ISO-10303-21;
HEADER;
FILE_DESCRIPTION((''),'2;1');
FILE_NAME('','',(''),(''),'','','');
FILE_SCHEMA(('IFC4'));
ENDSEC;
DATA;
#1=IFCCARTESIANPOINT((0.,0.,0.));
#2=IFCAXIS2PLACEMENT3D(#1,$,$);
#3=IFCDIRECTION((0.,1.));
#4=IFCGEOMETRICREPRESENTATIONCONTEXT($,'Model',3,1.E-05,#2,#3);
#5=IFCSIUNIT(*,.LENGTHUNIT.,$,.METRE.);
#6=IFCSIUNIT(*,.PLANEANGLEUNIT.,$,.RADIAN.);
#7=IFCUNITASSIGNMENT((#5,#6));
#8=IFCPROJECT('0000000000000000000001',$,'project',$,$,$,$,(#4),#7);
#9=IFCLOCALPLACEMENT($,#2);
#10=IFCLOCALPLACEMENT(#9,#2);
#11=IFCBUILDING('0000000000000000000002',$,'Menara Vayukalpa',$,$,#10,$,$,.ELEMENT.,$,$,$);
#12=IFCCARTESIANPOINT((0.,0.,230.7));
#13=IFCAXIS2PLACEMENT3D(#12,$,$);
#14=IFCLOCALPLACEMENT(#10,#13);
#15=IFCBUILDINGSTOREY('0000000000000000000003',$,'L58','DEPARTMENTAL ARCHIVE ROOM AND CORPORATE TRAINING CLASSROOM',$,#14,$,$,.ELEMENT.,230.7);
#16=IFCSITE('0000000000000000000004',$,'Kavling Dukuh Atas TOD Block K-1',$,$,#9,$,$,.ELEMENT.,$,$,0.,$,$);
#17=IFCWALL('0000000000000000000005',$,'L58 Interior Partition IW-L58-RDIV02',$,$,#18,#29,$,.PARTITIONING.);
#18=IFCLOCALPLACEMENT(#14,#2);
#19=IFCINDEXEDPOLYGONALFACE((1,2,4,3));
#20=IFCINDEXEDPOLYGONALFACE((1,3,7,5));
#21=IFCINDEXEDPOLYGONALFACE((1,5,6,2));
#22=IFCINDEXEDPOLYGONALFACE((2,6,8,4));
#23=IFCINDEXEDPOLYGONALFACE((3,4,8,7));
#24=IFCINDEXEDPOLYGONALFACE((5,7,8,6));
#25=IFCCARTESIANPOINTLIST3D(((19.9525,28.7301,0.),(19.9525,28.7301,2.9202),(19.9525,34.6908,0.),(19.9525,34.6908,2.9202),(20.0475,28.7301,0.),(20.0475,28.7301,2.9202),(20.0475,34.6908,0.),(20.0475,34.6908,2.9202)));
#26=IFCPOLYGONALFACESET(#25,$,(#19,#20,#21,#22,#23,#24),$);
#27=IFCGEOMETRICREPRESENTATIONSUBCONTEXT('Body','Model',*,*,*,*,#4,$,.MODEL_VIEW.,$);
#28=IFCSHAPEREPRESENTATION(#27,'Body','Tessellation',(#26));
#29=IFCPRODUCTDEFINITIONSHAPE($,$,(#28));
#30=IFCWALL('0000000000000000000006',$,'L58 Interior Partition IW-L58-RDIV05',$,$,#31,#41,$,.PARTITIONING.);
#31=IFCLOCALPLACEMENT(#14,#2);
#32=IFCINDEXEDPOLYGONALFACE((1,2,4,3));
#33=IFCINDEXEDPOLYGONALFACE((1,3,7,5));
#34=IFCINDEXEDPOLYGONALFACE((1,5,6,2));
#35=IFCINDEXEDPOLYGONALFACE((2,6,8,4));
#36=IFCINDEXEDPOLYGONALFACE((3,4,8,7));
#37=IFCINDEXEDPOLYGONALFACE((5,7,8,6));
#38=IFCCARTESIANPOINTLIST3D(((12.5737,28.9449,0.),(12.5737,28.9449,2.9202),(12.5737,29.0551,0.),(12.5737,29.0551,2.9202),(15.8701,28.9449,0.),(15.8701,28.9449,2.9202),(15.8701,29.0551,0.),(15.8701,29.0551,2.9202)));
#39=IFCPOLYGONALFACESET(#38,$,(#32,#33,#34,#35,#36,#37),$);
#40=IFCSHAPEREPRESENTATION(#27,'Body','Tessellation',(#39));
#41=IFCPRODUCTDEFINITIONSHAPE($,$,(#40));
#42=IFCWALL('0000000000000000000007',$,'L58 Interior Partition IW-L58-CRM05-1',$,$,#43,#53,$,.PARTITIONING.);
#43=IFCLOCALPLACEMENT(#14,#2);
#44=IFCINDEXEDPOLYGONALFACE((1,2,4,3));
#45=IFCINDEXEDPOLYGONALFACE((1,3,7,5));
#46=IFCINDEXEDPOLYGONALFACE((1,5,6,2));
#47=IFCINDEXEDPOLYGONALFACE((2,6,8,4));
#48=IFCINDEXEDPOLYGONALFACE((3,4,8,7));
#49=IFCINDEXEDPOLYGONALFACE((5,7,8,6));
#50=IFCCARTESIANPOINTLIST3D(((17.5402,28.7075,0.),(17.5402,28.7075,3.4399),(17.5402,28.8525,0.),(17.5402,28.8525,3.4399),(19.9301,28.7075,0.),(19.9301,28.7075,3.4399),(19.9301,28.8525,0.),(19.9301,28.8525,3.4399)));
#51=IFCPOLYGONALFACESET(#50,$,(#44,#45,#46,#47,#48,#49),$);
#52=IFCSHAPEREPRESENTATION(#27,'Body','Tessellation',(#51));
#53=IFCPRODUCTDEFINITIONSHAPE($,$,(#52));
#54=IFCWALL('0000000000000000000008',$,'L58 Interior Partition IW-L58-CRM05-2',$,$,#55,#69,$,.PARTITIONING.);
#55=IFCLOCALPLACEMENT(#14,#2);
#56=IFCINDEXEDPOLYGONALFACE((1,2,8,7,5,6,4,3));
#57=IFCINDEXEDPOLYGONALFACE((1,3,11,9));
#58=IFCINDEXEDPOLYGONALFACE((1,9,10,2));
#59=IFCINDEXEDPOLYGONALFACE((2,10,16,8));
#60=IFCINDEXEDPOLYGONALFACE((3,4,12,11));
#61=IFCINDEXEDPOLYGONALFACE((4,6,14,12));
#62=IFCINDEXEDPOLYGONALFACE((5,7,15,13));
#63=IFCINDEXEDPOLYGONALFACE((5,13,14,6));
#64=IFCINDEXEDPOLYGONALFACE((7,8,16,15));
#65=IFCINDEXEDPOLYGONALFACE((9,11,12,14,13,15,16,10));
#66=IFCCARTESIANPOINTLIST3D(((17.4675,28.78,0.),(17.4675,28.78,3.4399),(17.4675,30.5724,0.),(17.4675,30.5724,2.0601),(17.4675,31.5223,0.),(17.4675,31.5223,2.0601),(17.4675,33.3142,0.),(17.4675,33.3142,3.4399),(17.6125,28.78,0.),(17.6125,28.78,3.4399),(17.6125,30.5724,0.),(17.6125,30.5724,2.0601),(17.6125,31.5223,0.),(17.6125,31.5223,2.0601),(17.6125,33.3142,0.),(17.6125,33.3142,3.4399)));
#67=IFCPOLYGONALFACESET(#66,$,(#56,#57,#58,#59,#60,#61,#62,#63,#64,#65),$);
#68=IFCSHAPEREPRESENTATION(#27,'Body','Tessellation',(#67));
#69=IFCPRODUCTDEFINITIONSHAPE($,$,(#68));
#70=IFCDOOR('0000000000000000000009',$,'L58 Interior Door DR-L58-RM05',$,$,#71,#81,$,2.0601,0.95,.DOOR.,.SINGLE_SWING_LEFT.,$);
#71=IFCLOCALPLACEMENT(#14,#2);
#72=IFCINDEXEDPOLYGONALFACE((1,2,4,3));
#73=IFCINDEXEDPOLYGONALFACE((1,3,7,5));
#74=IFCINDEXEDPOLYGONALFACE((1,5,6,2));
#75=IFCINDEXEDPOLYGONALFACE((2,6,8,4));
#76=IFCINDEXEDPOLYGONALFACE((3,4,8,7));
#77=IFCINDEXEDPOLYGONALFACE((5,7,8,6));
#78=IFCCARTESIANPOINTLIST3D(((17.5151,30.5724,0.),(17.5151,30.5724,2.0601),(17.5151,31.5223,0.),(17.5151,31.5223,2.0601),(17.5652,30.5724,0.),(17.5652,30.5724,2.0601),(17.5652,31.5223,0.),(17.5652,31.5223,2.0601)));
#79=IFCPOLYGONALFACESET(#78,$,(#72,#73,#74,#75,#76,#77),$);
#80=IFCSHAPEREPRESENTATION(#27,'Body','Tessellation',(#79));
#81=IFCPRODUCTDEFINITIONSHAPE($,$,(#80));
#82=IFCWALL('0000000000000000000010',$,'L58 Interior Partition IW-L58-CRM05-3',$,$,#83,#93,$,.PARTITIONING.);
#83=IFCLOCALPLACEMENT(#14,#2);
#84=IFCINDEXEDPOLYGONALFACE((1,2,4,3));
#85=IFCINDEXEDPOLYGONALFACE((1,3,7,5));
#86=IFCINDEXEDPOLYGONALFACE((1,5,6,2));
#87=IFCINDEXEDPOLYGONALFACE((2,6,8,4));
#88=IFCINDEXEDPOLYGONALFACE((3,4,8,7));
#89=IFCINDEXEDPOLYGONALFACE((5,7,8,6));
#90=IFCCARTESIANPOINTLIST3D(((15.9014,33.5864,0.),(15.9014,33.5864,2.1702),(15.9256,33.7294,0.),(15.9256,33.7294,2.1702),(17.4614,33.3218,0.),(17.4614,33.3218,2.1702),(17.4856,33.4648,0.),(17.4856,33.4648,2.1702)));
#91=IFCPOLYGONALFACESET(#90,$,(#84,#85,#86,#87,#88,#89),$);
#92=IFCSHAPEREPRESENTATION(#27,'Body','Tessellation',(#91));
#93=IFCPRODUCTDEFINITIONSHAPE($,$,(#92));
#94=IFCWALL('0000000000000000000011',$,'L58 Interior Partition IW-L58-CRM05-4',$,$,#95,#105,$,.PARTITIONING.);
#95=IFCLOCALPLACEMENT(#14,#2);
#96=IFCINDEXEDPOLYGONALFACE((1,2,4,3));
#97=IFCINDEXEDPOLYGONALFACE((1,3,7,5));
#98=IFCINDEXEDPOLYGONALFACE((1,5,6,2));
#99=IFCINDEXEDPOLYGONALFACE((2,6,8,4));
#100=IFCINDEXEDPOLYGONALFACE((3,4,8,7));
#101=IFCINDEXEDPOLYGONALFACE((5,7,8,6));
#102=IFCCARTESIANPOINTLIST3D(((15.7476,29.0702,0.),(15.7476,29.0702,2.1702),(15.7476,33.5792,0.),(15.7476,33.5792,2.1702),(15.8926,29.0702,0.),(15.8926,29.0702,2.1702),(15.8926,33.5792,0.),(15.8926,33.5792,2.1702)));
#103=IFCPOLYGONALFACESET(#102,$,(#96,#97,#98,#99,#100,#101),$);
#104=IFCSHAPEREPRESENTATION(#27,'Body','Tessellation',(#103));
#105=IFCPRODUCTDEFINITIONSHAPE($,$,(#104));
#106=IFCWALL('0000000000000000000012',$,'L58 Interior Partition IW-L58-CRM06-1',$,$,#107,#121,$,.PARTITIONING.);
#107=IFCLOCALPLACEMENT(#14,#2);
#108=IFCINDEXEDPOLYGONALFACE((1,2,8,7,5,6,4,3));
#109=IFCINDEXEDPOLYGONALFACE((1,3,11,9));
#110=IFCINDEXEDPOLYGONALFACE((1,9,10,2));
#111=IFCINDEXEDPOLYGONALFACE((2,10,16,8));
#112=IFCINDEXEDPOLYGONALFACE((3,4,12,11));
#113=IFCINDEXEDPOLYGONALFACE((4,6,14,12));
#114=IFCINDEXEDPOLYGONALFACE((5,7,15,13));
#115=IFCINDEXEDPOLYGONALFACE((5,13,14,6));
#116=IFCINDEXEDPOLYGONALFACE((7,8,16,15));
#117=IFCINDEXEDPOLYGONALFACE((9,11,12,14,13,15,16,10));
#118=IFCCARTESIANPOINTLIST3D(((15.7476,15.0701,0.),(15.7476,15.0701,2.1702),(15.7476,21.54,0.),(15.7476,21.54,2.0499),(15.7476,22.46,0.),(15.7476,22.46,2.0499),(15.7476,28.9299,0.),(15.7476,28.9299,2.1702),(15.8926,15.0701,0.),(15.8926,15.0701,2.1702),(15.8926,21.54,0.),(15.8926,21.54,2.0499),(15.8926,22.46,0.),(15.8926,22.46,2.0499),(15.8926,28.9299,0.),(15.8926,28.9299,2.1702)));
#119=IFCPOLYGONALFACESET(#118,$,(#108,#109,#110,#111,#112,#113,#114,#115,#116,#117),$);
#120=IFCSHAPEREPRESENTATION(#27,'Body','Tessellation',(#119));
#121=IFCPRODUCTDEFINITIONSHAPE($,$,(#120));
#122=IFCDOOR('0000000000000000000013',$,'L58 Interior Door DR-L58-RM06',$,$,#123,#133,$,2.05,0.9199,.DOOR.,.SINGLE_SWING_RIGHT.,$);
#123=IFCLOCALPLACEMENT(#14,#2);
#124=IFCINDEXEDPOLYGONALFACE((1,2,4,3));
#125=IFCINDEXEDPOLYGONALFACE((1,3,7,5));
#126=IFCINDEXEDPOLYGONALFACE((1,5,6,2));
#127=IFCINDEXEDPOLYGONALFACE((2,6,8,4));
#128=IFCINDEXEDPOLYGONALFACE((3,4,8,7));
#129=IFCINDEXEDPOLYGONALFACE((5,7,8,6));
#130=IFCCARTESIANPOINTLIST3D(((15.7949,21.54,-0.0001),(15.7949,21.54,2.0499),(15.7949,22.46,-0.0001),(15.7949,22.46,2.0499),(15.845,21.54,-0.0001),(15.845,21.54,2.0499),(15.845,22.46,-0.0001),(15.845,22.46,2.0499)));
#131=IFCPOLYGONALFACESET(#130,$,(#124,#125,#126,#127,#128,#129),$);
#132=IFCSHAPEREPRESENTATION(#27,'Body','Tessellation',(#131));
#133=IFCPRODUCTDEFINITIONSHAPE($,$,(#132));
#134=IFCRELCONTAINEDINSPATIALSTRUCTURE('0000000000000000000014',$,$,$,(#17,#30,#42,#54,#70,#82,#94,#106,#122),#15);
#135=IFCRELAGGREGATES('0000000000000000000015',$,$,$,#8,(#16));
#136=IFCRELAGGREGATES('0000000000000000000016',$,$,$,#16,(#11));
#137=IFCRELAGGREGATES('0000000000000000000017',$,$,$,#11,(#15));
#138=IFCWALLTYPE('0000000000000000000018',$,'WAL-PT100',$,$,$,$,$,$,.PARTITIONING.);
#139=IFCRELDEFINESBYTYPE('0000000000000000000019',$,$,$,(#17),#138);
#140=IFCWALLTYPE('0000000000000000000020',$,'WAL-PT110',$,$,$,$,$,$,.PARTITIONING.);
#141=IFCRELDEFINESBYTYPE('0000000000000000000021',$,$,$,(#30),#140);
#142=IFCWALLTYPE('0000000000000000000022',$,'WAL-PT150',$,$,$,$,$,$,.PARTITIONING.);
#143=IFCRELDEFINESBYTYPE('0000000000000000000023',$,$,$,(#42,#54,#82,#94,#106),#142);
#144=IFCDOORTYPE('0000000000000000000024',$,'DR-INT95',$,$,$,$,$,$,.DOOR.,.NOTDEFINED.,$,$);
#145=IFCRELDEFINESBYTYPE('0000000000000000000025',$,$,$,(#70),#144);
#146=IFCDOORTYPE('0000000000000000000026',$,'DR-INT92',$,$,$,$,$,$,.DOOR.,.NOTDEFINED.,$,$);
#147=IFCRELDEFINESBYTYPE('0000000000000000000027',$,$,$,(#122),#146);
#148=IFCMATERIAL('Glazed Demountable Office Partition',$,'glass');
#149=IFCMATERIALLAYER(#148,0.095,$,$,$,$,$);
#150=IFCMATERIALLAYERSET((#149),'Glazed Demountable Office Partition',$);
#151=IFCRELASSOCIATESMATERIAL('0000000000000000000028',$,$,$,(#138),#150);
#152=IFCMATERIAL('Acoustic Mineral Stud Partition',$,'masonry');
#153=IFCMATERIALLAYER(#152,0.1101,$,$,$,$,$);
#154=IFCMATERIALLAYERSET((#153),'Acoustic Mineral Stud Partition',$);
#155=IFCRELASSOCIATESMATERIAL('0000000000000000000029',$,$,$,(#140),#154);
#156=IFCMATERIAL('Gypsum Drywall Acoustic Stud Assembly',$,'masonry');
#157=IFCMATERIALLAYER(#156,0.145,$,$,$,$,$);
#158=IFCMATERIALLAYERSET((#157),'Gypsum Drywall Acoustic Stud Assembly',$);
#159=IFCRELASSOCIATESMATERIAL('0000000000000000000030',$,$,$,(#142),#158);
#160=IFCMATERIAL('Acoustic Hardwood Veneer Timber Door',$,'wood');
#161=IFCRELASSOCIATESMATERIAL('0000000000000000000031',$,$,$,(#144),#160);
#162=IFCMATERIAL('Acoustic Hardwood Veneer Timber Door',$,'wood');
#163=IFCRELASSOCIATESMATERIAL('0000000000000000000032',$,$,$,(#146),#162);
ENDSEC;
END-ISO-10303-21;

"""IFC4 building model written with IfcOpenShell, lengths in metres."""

from ifc_helpers import new_model, si_unit, direction, frame, frame_2d, origin, place, context, subcontext, project, spatial, rectangle, extrude, material, layer, layer_set, type_object, element, fill, save


model = new_model("IFC4")

# Units and contexts
model_context = context("Model", 3, precision=1e-05, world=origin(), true_north=direction((0.0, 1.0)))
body_context = subcontext(model_context, "Body", "Model", "MODEL_VIEW")
ifc_project = project(units=[si_unit("LENGTHUNIT", "METRE"), si_unit("PLANEANGLEUNIT", "RADIAN")], contexts=[model_context])

# Site, building, storey
site_placement = place(None, origin())
site = spatial("IfcSite", under=ifc_project, at=site_placement, Name="Kavling Dukuh Atas TOD Block K-1", CompositionType="ELEMENT", RefElevation=0.0)
building_placement = place(site_placement, origin())
building = spatial("IfcBuilding", under=site, at=building_placement, Name="Menara Vayukalpa", CompositionType="ELEMENT")
storey_placement = place(building_placement, frame((0.0, 0.0, 230.7)))
storey = spatial("IfcBuildingStorey", under=building, at=storey_placement, Name="L58", Description="DEPARTMENTAL ARCHIVE ROOM AND CORPORATE TRAINING CLASSROOM", CompositionType="ELEMENT", Elevation=230.7)

# Walls
ifc_material_1 = material(Name="Glazed Demountable Office Partition", Category="glass")
ifc_layer_1 = layer(ifc_material_1, 0.095)
ifc_layer_set_1 = layer_set([ifc_layer_1], Name="Glazed Demountable Office Partition")
wall_type_1 = type_object("IfcWallType", Name="WAL-PT100", PredefinedType="PARTITIONING", material=ifc_layer_set_1)
wall_1_placement = place(storey_placement, frame((20.0, 28.73, 0.0), z_axis=(0.0, 0.0, 1.0), x_axis=(0.0, 1.0, 0.0)))
element("IfcWall", 1, at=wall_1_placement, inside=storey, type_object=wall_type_1, Name="L58 Interior Partition IW-L58-RDIV02", PredefinedType="PARTITIONING", context=body_context, shape_type="SweptSolid", body=[
    extrude(rectangle(XDim=5.9607, YDim=0.095, at=frame_2d((2.9805, 0.0))), origin(), (0.0, 0.0, 1.0), 2.9202),
])
ifc_material_2 = material(Name="Acoustic Mineral Stud Partition", Category="masonry")
ifc_layer_2 = layer(ifc_material_2, 0.1101)
ifc_layer_set_2 = layer_set([ifc_layer_2], Name="Acoustic Mineral Stud Partition")
wall_type_2 = type_object("IfcWallType", Name="WAL-PT110", PredefinedType="PARTITIONING", material=ifc_layer_set_2)
wall_2_placement = place(storey_placement, frame((12.5737, 29.0, 0.0), z_axis=(0.0, 0.0, 1.0), x_axis=(1.0, 0.0, 0.0)))
element("IfcWall", 2, at=wall_2_placement, inside=storey, type_object=wall_type_2, Name="L58 Interior Partition IW-L58-RDIV05", PredefinedType="PARTITIONING", context=body_context, shape_type="SweptSolid", body=[
    extrude(rectangle(XDim=3.2964, YDim=0.1101, at=frame_2d((1.6482, 0.0))), origin(), (0.0, 0.0, 1.0), 2.9202),
])
ifc_material_3 = material(Name="Gypsum Drywall Acoustic Stud Assembly", Category="masonry")
ifc_layer_3 = layer(ifc_material_3, 0.145)
ifc_layer_set_3 = layer_set([ifc_layer_3], Name="Gypsum Drywall Acoustic Stud Assembly")
wall_type_3 = type_object("IfcWallType", Name="WAL-PT150", PredefinedType="PARTITIONING", material=ifc_layer_set_3)
wall_3_placement = place(storey_placement, frame((19.9299, 28.78, 0.0), z_axis=(0.0, 0.0, 1.0), x_axis=(-1.0, 0.0, 0.0)))
element("IfcWall", 3, at=wall_3_placement, inside=storey, type_object=wall_type_3, Name="L58 Interior Partition IW-L58-CRM05-1", PredefinedType="PARTITIONING", context=body_context, shape_type="SweptSolid", body=[
    extrude(rectangle(XDim=2.3899, YDim=0.145, at=frame_2d((1.1948, 0.0))), origin(), (0.0, 0.0, 1.0), 3.4399),
])

# Wall, opening, door
wall_4_placement = place(storey_placement, frame((17.54, 28.78, 0.0), z_axis=(0.0, 0.0, 1.0), x_axis=(0.0, 1.0, 0.0)))
wall_4 = element("IfcWall", 4, at=wall_4_placement, inside=storey, type_object=wall_type_3, Name="L58 Interior Partition IW-L58-CRM05-2", PredefinedType="PARTITIONING", context=body_context, shape_type="SweptSolid", body=[
    extrude(rectangle(XDim=4.5342, YDim=0.145, at=frame_2d((2.2671, 0.0))), origin(), (0.0, 0.0, 1.0), 3.4399),
])
opening_1_placement = place(wall_4_placement, frame((1.7922, 0.0, 0.0)))
opening_1 = element("IfcOpeningElement", 5, at=opening_1_placement, cuts=wall_4, PredefinedType="OPENING", context=body_context, shape_type="SweptSolid", body=[
    extrude(rectangle(XDim=0.95, YDim=2.0601, at=frame_2d((0.4751, 1.03))), frame((0.0, 0.0825, 0.0), z_axis=(0.0, -1.0, 0.0), x_axis=(1.0, 0.0, 0.0)), (0.0, 0.0, 1.0), 0.165),
])
ifc_material_4 = material(Name="Acoustic Hardwood Veneer Timber Door", Category="wood")
door_type_1 = type_object("IfcDoorType", Name="DR-INT95", OperationType="NOTDEFINED", PredefinedType="DOOR", material=ifc_material_4)
door_1_placement = place(opening_1_placement, origin())
door_1 = element("IfcDoor", 6, at=door_1_placement, inside=storey, type_object=door_type_1, Name="L58 Interior Door DR-L58-RM05", OperationType="SINGLE_SWING_LEFT", OverallHeight=2.0601, OverallWidth=0.95, PredefinedType="DOOR", context=body_context, shape_type="SweptSolid", body=[
    extrude(rectangle(XDim=0.95, YDim=2.0601, at=frame_2d((0.4751, 1.03))), frame((0.0, 0.0249, 0.0), z_axis=(0.0, -1.0, 0.0), x_axis=(1.0, 0.0, 0.0)), (0.0, 0.0, 1.0), 0.05),
])
fill(opening_1, door_1)

# Walls
wall_5_placement = place(storey_placement, frame((17.4734, 33.3933, 0.0), z_axis=(0.0, 0.0, 1.0), x_axis=(-0.985914, 0.167251, 0.0)))
element("IfcWall", 7, at=wall_5_placement, inside=storey, type_object=wall_type_3, Name="L58 Interior Partition IW-L58-CRM05-3", PredefinedType="PARTITIONING", context=body_context, shape_type="SweptSolid", body=[
    extrude(rectangle(XDim=1.5823, YDim=0.145, at=frame_2d((0.791, 0.0))), origin(), (0.0, 0.0, 1.0), 2.1702),
])
wall_6_placement = place(storey_placement, frame((15.8201, 33.5791, 0.0), z_axis=(0.0, 0.0, 1.0), x_axis=(0.0, -1.0, 0.0)))
element("IfcWall", 8, at=wall_6_placement, inside=storey, type_object=wall_type_3, Name="L58 Interior Partition IW-L58-CRM05-4", PredefinedType="PARTITIONING", context=body_context, shape_type="SweptSolid", body=[
    extrude(rectangle(XDim=4.509, YDim=0.145, at=frame_2d((2.2544, 0.0))), origin(), (0.0, 0.0, 1.0), 2.1702),
])

# Wall, opening, door
wall_7_placement = place(storey_placement, frame((15.8201, 28.9299, 0.0), z_axis=(0.0, 0.0, 1.0), x_axis=(0.0, -1.0, 0.0)))
wall_7 = element("IfcWall", 9, at=wall_7_placement, inside=storey, type_object=wall_type_3, Name="L58 Interior Partition IW-L58-CRM06-1", PredefinedType="PARTITIONING", context=body_context, shape_type="SweptSolid", body=[
    extrude(rectangle(XDim=13.8599, YDim=0.145, at=frame_2d((6.9299, 0.0))), origin(), (0.0, 0.0, 1.0), 2.1702),
])
opening_2_placement = place(wall_7_placement, frame((6.47, 0.0, 0.0)))
opening_2 = element("IfcOpeningElement", 10, at=opening_2_placement, cuts=wall_7, PredefinedType="OPENING", context=body_context, shape_type="SweptSolid", body=[
    extrude(rectangle(XDim=0.9199, YDim=2.05, at=frame_2d((0.46, 1.0249))), frame((0.0, 0.0825, 0.0), z_axis=(0.0, -1.0, 0.0), x_axis=(1.0, 0.0, 0.0)), (0.0, 0.0, 1.0), 0.165),
])
ifc_material_5 = material(Name="Acoustic Hardwood Veneer Timber Door", Category="wood")
door_type_2 = type_object("IfcDoorType", Name="DR-INT92", OperationType="NOTDEFINED", PredefinedType="DOOR", material=ifc_material_5)
door_2_placement = place(opening_2_placement, origin())
door_2 = element("IfcDoor", 11, at=door_2_placement, inside=storey, type_object=door_type_2, Name="L58 Interior Door DR-L58-RM06", OperationType="SINGLE_SWING_RIGHT", OverallHeight=2.05, OverallWidth=0.9199, PredefinedType="DOOR", context=body_context, shape_type="SweptSolid", body=[
    extrude(rectangle(XDim=0.9199, YDim=2.05, at=frame_2d((0.46, 1.0249))), frame((0.0, 0.0249, 0.0), z_axis=(0.0, -1.0, 0.0), x_axis=(1.0, 0.0, 0.0)), (0.0, 0.0, 1.0), 0.05),
])
fill(opening_2, door_2)

save(model, "model.ifc")
